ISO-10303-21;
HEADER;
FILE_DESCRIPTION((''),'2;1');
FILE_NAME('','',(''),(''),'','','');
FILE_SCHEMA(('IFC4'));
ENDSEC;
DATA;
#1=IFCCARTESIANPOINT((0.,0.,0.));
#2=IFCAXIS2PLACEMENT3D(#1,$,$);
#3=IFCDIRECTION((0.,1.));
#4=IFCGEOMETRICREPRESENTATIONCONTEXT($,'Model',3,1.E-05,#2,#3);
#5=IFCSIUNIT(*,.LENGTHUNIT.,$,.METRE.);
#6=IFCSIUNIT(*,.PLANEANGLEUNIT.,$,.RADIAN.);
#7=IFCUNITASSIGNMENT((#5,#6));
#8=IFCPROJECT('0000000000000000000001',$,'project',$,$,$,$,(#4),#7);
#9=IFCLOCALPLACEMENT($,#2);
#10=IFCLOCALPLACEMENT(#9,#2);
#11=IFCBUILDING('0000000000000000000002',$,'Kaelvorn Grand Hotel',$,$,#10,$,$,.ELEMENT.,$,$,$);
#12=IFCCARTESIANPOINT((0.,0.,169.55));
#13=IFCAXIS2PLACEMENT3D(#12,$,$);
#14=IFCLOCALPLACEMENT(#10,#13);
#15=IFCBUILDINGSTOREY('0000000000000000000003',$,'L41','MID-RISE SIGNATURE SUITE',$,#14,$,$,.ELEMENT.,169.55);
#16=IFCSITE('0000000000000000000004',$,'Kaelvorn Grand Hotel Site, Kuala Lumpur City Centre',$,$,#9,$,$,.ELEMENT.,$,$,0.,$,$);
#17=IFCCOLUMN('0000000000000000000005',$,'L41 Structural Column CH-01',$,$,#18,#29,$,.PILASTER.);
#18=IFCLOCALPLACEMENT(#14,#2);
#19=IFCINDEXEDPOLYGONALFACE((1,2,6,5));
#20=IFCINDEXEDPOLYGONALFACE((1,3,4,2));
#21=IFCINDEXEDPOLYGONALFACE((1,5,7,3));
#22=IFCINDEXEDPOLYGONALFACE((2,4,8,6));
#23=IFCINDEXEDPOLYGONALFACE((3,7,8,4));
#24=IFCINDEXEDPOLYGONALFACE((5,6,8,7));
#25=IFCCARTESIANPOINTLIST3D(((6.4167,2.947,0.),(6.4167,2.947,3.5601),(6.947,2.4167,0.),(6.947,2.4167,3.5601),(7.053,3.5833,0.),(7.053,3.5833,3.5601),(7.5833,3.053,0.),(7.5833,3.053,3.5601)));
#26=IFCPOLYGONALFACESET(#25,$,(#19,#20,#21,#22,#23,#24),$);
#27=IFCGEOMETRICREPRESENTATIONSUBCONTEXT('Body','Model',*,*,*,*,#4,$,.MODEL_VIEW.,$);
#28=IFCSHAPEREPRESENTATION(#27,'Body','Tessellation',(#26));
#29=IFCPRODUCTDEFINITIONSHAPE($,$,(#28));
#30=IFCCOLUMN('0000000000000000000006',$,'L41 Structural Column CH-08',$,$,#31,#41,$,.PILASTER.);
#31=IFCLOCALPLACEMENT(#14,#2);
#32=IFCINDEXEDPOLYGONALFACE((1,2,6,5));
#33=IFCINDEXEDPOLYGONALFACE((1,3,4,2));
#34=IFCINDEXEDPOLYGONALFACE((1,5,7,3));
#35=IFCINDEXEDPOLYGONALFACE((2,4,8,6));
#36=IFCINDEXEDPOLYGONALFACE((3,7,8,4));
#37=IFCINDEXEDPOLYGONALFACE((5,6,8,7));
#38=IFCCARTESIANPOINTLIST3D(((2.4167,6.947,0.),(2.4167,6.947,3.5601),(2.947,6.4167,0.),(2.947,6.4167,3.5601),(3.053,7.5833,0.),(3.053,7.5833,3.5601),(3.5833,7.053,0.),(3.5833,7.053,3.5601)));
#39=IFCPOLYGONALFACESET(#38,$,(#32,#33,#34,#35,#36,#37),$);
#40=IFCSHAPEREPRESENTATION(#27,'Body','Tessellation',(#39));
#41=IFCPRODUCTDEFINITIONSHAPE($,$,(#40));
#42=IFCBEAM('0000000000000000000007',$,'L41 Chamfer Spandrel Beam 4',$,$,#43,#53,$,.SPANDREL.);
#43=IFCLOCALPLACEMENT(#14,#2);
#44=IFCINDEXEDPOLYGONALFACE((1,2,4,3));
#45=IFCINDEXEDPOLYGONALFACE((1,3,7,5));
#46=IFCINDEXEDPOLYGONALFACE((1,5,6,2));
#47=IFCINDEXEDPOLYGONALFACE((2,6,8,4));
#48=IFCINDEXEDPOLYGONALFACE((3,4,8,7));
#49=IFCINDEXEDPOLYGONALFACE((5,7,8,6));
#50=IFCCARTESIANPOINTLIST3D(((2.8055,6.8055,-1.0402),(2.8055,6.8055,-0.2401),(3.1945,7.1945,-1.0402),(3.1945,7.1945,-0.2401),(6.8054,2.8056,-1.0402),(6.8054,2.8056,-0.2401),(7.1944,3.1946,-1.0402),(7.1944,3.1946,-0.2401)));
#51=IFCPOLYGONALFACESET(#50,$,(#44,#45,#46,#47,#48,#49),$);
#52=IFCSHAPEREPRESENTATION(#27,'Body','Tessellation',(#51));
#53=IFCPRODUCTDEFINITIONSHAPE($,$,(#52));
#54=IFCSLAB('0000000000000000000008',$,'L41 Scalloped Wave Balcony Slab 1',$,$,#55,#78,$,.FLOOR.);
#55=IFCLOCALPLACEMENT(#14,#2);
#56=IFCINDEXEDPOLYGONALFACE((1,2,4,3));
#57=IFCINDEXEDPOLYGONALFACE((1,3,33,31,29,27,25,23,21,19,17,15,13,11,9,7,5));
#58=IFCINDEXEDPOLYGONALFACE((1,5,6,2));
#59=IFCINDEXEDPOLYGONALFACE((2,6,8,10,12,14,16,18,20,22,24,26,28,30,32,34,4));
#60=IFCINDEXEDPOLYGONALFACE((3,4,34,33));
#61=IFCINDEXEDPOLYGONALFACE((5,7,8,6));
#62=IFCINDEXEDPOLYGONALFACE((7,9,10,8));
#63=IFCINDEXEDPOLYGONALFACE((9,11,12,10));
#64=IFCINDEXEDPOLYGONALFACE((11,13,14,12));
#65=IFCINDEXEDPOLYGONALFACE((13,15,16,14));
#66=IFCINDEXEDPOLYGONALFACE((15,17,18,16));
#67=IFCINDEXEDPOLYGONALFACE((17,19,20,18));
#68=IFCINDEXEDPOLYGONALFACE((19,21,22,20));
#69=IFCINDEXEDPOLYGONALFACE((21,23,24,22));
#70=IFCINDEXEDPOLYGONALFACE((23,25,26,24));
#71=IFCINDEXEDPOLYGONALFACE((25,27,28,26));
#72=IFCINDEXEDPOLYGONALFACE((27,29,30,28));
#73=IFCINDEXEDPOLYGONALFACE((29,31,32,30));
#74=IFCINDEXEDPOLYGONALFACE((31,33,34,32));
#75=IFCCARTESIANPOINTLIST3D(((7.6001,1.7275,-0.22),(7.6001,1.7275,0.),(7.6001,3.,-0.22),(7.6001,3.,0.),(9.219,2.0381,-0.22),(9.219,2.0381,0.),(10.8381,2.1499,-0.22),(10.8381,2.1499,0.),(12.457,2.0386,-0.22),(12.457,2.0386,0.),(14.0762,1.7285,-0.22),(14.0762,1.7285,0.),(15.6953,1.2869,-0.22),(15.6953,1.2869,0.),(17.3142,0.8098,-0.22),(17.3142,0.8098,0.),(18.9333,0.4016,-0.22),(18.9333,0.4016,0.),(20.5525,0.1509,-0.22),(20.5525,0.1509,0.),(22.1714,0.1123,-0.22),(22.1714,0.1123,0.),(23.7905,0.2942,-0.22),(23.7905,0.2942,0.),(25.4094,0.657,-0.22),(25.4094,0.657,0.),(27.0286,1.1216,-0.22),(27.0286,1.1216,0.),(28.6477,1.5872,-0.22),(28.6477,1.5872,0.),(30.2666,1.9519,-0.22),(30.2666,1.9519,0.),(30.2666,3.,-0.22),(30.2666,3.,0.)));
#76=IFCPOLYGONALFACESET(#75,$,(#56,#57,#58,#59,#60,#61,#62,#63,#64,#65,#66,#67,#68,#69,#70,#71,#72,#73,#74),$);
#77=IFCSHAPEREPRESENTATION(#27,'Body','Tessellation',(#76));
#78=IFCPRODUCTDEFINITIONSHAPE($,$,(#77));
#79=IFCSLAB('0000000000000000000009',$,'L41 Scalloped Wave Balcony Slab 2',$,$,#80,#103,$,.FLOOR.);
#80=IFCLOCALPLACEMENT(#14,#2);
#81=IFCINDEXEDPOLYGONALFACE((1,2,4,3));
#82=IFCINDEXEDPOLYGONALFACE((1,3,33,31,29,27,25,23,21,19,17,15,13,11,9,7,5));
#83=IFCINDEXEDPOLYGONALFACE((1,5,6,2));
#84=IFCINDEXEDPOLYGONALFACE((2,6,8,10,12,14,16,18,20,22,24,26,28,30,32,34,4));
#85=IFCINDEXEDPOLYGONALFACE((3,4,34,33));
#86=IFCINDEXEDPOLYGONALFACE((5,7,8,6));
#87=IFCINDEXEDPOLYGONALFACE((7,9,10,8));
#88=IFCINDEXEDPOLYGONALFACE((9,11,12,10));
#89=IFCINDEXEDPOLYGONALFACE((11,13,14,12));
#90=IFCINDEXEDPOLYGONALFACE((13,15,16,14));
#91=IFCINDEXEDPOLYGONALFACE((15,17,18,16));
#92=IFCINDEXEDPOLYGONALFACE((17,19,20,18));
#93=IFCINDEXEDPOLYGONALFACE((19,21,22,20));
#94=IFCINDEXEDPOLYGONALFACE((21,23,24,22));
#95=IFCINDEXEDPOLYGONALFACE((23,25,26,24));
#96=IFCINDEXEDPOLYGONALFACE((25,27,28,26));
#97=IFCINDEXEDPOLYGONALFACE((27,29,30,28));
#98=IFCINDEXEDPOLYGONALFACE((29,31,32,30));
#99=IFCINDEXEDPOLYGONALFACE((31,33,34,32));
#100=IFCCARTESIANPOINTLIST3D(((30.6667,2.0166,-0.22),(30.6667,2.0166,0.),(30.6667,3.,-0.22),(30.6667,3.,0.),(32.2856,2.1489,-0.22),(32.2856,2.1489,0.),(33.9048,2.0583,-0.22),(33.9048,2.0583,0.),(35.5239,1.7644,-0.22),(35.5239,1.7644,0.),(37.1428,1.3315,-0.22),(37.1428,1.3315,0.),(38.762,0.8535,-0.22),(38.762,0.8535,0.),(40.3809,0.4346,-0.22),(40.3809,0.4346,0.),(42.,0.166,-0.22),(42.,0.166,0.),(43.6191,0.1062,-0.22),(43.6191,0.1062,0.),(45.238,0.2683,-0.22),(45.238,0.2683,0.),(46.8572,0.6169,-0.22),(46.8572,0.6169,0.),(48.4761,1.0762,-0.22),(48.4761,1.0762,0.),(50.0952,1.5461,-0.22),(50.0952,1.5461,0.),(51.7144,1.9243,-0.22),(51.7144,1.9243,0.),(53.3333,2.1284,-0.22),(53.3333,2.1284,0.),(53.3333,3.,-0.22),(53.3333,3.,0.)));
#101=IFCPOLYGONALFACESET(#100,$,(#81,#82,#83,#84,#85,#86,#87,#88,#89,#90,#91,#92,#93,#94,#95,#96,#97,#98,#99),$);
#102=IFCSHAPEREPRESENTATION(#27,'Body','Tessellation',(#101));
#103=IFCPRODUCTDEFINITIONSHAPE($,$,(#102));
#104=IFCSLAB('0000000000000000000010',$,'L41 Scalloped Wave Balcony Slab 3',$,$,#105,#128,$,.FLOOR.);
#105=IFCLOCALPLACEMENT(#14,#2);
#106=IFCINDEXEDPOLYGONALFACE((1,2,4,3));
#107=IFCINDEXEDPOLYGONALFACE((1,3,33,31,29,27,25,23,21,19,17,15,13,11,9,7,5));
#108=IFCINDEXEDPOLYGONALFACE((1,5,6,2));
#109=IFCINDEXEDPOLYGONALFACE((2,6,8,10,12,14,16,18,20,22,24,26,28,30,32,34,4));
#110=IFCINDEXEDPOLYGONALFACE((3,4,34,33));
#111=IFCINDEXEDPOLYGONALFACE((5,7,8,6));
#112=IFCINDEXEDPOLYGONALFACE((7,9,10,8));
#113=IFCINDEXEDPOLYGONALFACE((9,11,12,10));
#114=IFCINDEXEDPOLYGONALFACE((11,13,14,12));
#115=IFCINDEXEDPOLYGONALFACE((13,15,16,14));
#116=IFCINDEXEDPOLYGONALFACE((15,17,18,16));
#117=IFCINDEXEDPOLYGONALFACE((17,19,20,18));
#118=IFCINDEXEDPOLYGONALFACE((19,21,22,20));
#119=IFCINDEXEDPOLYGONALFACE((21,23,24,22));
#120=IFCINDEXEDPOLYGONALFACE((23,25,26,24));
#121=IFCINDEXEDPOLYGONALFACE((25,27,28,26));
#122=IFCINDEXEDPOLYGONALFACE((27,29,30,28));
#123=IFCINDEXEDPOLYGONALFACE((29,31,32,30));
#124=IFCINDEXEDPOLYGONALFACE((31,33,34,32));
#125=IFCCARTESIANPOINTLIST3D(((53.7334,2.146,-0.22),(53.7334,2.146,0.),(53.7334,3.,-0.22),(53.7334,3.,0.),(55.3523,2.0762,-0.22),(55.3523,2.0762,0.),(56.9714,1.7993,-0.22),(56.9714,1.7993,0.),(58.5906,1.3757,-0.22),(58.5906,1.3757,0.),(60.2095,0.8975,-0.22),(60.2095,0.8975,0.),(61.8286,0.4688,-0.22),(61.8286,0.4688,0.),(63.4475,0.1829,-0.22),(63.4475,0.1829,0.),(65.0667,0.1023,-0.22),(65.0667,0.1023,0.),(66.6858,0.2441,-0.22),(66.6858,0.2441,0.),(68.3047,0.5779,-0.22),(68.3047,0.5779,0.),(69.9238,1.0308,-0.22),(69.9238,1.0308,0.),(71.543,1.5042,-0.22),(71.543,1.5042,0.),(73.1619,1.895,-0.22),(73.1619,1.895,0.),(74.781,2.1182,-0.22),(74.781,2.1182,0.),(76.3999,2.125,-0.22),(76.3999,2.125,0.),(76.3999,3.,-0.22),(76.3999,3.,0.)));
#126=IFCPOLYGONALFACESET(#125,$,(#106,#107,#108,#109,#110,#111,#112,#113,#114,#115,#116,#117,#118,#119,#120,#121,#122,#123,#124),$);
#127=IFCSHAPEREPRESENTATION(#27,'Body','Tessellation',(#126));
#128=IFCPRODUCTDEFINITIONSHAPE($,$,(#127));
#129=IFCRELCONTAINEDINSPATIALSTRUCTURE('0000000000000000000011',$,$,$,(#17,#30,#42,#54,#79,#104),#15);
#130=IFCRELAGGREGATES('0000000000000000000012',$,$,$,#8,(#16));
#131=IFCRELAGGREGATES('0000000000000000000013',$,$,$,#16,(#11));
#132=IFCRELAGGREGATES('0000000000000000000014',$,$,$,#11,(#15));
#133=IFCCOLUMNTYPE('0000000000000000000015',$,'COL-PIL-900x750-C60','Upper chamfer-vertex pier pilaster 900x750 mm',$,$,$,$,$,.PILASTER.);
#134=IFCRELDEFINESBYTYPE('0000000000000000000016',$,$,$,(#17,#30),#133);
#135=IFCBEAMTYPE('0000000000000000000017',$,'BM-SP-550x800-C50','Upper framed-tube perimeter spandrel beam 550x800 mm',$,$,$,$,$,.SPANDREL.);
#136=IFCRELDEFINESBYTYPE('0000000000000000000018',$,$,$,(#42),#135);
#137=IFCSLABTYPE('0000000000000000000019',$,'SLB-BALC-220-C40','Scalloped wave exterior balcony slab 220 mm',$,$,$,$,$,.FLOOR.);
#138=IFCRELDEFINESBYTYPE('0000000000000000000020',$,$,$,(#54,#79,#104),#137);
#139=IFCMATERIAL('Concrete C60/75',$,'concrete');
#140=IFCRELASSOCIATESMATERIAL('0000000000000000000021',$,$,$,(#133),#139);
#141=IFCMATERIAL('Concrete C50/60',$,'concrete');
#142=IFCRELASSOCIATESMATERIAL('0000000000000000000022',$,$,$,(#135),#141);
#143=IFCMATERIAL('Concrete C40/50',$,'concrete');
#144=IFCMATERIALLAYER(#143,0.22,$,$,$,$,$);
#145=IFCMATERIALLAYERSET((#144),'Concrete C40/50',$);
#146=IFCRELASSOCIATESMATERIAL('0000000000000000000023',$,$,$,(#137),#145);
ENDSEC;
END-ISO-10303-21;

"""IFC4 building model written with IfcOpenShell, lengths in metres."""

from ifc_helpers import new_model, si_unit, direction, frame, origin, origin_2d, place, context, subcontext, project, spatial, polyline, rectangle, outline, extrude, material, layer, layer_set, material_profile, profile_set, type_object, element, save


model = new_model("IFC4")

# Units and contexts
model_context = context("Model", 3, precision=1e-05, world=origin(), true_north=direction((0.0, 1.0)))
body_context = subcontext(model_context, "Body", "Model", "MODEL_VIEW")
ifc_project = project(units=[si_unit("LENGTHUNIT", "METRE"), si_unit("PLANEANGLEUNIT", "RADIAN")], contexts=[model_context])

# Site, building, storey
site_placement = place(None, origin())
site = spatial("IfcSite", under=ifc_project, at=site_placement, Name="Kaelvorn Grand Hotel Site, Kuala Lumpur City Centre", CompositionType="ELEMENT", RefElevation=0.0)
building_placement = place(site_placement, origin())
building = spatial("IfcBuilding", under=site, at=building_placement, Name="Kaelvorn Grand Hotel", CompositionType="ELEMENT")
storey_placement = place(building_placement, frame((0.0, 0.0, 169.55)))
storey = spatial("IfcBuildingStorey", under=building, at=storey_placement, Name="L41", Description="MID-RISE SIGNATURE SUITE", CompositionType="ELEMENT", Elevation=169.55)

# Columns
ifc_material_1 = material(Name="Concrete C60/75", Category="concrete")
ifc_material_profile_1 = material_profile(ifc_material_1, rectangle(XDim=0.8999, YDim=0.75, at=origin_2d()), Name="RC PILASTER 900x750")
ifc_profile_set_1 = profile_set([ifc_material_profile_1], Name="Concrete C60/75")
column_type = type_object("IfcColumnType", Name="COL-PIL-900x750-C60", Description="Upper chamfer-vertex pier pilaster 900x750 mm", PredefinedType="PILASTER", material=ifc_profile_set_1)
for number, where, z_axis, x_axis, name in (
    (1, (7.0, 3.0, 0.0), (0.0, 0.0, 1.0), (0.707107, 0.707107, 0.0), "L41 Structural Column CH-01"),
    (2, (3.0, 7.0, 0.0), (0.0, 0.0, 1.0), (0.707107, 0.707107, 0.0), "L41 Structural Column CH-08"),
):
    element("IfcColumn", number, at=place(storey_placement, frame(where, z_axis=z_axis, x_axis=x_axis)), inside=storey, type_object=column_type, Name=name, PredefinedType="PILASTER", context=body_context, shape_type="SweptSolid", body=[
        extrude(rectangle(XDim=0.8999, YDim=0.75, at=origin_2d()), origin(), (0.0, 0.0, 1.0), 3.5601),
    ])

# Beam
ifc_material_2 = material(Name="Concrete C50/60", Category="concrete")
ifc_material_profile_2 = material_profile(ifc_material_2, rectangle(XDim=0.55, YDim=0.8, at=origin_2d()), Name="RC SPANDREL 550x800")
ifc_profile_set_2 = profile_set([ifc_material_profile_2], Name="Concrete C50/60")
beam_type = type_object("IfcBeamType", Name="BM-SP-550x800-C50", Description="Upper framed-tube perimeter spandrel beam 550x800 mm", PredefinedType="SPANDREL", material=ifc_profile_set_2)
beam_placement = place(storey_placement, frame((3.0, 7.0, -0.6401), z_axis=(0.707107, -0.707107, 0.0), x_axis=(0.707107, 0.707107, 0.0)))
element("IfcBeam", 3, at=beam_placement, inside=storey, type_object=beam_type, Name="L41 Chamfer Spandrel Beam 4", PredefinedType="SPANDREL", context=body_context, shape_type="SweptSolid", body=[
    extrude(rectangle(XDim=0.55, YDim=0.8, at=origin_2d()), origin(), (0.0, 0.0, 1.0), 5.6567),
])

# Slabs
ifc_material_3 = material(Name="Concrete C40/50", Category="concrete")
ifc_layer_1 = layer(ifc_material_3, 0.22)
ifc_layer_set_1 = layer_set([ifc_layer_1], Name="Concrete C40/50")
slab_type_1 = type_object("IfcSlabType", Name="SLB-BALC-220-C40", Description="Scalloped wave exterior balcony slab 220 mm", PredefinedType="FLOOR", material=ifc_layer_set_1)
slab_1_placement = place(storey_placement, frame((0.0, 0.0, -0.22)))
element("IfcSlab", 4, at=slab_1_placement, inside=storey, type_object=slab_type_1, Name="L41 Scalloped Wave Balcony Slab 1", PredefinedType="FLOOR", context=body_context, shape_type="SweptSolid", body=[
    extrude(outline(polyline([(7.6001, 1.7275), (9.219, 2.0381), (10.8381, 2.1499), (12.457, 2.0386), (14.0762, 1.7285), (15.6953, 1.2869), (17.3142, 0.8098), (18.9333, 0.4016), (20.5525, 0.1509), (22.1714, 0.1123), (23.7905, 0.2942), (25.4094, 0.657), (27.0286, 1.1216), (28.6477, 1.5872), (30.2666, 1.9519), (30.2666, 3.0), (7.6001, 3.0), (7.6001, 1.7275)])), origin(), (0.0, 0.0, 1.0), 0.22),
])
slab_2_placement = place(storey_placement, frame((0.0, 0.0, -0.22)))
element("IfcSlab", 5, at=slab_2_placement, inside=storey, type_object=slab_type_1, Name="L41 Scalloped Wave Balcony Slab 2", PredefinedType="FLOOR", context=body_context, shape_type="SweptSolid", body=[
    extrude(outline(polyline([(30.6667, 2.0166), (32.2856, 2.1489), (33.9048, 2.0583), (35.5239, 1.7644), (37.1428, 1.3315), (38.762, 0.8535), (40.3809, 0.4346), (42.0, 0.166), (43.6191, 0.1062), (45.238, 0.2683), (46.8572, 0.6169), (48.4761, 1.0762), (50.0952, 1.5461), (51.7144, 1.9243), (53.3333, 2.1284), (53.3333, 3.0), (30.6667, 3.0), (30.6667, 2.0166)])), origin(), (0.0, 0.0, 1.0), 0.22),
])
slab_3_placement = place(storey_placement, frame((0.0, 0.0, -0.22)))
element("IfcSlab", 6, at=slab_3_placement, inside=storey, type_object=slab_type_1, Name="L41 Scalloped Wave Balcony Slab 3", PredefinedType="FLOOR", context=body_context, shape_type="SweptSolid", body=[
    extrude(outline(polyline([(53.7334, 2.146), (55.3523, 2.0762), (56.9714, 1.7993), (58.5906, 1.3757), (60.2095, 0.8975), (61.8286, 0.4688), (63.4475, 0.1829), (65.0667, 0.1023), (66.6858, 0.2441), (68.3047, 0.5779), (69.9238, 1.0308), (71.543, 1.5042), (73.1619, 1.895), (74.781, 2.1182), (76.3999, 2.125), (76.3999, 3.0), (53.7334, 3.0), (53.7334, 2.146)])), origin(), (0.0, 0.0, 1.0), 0.22),
])

save(model, "model.ifc")
